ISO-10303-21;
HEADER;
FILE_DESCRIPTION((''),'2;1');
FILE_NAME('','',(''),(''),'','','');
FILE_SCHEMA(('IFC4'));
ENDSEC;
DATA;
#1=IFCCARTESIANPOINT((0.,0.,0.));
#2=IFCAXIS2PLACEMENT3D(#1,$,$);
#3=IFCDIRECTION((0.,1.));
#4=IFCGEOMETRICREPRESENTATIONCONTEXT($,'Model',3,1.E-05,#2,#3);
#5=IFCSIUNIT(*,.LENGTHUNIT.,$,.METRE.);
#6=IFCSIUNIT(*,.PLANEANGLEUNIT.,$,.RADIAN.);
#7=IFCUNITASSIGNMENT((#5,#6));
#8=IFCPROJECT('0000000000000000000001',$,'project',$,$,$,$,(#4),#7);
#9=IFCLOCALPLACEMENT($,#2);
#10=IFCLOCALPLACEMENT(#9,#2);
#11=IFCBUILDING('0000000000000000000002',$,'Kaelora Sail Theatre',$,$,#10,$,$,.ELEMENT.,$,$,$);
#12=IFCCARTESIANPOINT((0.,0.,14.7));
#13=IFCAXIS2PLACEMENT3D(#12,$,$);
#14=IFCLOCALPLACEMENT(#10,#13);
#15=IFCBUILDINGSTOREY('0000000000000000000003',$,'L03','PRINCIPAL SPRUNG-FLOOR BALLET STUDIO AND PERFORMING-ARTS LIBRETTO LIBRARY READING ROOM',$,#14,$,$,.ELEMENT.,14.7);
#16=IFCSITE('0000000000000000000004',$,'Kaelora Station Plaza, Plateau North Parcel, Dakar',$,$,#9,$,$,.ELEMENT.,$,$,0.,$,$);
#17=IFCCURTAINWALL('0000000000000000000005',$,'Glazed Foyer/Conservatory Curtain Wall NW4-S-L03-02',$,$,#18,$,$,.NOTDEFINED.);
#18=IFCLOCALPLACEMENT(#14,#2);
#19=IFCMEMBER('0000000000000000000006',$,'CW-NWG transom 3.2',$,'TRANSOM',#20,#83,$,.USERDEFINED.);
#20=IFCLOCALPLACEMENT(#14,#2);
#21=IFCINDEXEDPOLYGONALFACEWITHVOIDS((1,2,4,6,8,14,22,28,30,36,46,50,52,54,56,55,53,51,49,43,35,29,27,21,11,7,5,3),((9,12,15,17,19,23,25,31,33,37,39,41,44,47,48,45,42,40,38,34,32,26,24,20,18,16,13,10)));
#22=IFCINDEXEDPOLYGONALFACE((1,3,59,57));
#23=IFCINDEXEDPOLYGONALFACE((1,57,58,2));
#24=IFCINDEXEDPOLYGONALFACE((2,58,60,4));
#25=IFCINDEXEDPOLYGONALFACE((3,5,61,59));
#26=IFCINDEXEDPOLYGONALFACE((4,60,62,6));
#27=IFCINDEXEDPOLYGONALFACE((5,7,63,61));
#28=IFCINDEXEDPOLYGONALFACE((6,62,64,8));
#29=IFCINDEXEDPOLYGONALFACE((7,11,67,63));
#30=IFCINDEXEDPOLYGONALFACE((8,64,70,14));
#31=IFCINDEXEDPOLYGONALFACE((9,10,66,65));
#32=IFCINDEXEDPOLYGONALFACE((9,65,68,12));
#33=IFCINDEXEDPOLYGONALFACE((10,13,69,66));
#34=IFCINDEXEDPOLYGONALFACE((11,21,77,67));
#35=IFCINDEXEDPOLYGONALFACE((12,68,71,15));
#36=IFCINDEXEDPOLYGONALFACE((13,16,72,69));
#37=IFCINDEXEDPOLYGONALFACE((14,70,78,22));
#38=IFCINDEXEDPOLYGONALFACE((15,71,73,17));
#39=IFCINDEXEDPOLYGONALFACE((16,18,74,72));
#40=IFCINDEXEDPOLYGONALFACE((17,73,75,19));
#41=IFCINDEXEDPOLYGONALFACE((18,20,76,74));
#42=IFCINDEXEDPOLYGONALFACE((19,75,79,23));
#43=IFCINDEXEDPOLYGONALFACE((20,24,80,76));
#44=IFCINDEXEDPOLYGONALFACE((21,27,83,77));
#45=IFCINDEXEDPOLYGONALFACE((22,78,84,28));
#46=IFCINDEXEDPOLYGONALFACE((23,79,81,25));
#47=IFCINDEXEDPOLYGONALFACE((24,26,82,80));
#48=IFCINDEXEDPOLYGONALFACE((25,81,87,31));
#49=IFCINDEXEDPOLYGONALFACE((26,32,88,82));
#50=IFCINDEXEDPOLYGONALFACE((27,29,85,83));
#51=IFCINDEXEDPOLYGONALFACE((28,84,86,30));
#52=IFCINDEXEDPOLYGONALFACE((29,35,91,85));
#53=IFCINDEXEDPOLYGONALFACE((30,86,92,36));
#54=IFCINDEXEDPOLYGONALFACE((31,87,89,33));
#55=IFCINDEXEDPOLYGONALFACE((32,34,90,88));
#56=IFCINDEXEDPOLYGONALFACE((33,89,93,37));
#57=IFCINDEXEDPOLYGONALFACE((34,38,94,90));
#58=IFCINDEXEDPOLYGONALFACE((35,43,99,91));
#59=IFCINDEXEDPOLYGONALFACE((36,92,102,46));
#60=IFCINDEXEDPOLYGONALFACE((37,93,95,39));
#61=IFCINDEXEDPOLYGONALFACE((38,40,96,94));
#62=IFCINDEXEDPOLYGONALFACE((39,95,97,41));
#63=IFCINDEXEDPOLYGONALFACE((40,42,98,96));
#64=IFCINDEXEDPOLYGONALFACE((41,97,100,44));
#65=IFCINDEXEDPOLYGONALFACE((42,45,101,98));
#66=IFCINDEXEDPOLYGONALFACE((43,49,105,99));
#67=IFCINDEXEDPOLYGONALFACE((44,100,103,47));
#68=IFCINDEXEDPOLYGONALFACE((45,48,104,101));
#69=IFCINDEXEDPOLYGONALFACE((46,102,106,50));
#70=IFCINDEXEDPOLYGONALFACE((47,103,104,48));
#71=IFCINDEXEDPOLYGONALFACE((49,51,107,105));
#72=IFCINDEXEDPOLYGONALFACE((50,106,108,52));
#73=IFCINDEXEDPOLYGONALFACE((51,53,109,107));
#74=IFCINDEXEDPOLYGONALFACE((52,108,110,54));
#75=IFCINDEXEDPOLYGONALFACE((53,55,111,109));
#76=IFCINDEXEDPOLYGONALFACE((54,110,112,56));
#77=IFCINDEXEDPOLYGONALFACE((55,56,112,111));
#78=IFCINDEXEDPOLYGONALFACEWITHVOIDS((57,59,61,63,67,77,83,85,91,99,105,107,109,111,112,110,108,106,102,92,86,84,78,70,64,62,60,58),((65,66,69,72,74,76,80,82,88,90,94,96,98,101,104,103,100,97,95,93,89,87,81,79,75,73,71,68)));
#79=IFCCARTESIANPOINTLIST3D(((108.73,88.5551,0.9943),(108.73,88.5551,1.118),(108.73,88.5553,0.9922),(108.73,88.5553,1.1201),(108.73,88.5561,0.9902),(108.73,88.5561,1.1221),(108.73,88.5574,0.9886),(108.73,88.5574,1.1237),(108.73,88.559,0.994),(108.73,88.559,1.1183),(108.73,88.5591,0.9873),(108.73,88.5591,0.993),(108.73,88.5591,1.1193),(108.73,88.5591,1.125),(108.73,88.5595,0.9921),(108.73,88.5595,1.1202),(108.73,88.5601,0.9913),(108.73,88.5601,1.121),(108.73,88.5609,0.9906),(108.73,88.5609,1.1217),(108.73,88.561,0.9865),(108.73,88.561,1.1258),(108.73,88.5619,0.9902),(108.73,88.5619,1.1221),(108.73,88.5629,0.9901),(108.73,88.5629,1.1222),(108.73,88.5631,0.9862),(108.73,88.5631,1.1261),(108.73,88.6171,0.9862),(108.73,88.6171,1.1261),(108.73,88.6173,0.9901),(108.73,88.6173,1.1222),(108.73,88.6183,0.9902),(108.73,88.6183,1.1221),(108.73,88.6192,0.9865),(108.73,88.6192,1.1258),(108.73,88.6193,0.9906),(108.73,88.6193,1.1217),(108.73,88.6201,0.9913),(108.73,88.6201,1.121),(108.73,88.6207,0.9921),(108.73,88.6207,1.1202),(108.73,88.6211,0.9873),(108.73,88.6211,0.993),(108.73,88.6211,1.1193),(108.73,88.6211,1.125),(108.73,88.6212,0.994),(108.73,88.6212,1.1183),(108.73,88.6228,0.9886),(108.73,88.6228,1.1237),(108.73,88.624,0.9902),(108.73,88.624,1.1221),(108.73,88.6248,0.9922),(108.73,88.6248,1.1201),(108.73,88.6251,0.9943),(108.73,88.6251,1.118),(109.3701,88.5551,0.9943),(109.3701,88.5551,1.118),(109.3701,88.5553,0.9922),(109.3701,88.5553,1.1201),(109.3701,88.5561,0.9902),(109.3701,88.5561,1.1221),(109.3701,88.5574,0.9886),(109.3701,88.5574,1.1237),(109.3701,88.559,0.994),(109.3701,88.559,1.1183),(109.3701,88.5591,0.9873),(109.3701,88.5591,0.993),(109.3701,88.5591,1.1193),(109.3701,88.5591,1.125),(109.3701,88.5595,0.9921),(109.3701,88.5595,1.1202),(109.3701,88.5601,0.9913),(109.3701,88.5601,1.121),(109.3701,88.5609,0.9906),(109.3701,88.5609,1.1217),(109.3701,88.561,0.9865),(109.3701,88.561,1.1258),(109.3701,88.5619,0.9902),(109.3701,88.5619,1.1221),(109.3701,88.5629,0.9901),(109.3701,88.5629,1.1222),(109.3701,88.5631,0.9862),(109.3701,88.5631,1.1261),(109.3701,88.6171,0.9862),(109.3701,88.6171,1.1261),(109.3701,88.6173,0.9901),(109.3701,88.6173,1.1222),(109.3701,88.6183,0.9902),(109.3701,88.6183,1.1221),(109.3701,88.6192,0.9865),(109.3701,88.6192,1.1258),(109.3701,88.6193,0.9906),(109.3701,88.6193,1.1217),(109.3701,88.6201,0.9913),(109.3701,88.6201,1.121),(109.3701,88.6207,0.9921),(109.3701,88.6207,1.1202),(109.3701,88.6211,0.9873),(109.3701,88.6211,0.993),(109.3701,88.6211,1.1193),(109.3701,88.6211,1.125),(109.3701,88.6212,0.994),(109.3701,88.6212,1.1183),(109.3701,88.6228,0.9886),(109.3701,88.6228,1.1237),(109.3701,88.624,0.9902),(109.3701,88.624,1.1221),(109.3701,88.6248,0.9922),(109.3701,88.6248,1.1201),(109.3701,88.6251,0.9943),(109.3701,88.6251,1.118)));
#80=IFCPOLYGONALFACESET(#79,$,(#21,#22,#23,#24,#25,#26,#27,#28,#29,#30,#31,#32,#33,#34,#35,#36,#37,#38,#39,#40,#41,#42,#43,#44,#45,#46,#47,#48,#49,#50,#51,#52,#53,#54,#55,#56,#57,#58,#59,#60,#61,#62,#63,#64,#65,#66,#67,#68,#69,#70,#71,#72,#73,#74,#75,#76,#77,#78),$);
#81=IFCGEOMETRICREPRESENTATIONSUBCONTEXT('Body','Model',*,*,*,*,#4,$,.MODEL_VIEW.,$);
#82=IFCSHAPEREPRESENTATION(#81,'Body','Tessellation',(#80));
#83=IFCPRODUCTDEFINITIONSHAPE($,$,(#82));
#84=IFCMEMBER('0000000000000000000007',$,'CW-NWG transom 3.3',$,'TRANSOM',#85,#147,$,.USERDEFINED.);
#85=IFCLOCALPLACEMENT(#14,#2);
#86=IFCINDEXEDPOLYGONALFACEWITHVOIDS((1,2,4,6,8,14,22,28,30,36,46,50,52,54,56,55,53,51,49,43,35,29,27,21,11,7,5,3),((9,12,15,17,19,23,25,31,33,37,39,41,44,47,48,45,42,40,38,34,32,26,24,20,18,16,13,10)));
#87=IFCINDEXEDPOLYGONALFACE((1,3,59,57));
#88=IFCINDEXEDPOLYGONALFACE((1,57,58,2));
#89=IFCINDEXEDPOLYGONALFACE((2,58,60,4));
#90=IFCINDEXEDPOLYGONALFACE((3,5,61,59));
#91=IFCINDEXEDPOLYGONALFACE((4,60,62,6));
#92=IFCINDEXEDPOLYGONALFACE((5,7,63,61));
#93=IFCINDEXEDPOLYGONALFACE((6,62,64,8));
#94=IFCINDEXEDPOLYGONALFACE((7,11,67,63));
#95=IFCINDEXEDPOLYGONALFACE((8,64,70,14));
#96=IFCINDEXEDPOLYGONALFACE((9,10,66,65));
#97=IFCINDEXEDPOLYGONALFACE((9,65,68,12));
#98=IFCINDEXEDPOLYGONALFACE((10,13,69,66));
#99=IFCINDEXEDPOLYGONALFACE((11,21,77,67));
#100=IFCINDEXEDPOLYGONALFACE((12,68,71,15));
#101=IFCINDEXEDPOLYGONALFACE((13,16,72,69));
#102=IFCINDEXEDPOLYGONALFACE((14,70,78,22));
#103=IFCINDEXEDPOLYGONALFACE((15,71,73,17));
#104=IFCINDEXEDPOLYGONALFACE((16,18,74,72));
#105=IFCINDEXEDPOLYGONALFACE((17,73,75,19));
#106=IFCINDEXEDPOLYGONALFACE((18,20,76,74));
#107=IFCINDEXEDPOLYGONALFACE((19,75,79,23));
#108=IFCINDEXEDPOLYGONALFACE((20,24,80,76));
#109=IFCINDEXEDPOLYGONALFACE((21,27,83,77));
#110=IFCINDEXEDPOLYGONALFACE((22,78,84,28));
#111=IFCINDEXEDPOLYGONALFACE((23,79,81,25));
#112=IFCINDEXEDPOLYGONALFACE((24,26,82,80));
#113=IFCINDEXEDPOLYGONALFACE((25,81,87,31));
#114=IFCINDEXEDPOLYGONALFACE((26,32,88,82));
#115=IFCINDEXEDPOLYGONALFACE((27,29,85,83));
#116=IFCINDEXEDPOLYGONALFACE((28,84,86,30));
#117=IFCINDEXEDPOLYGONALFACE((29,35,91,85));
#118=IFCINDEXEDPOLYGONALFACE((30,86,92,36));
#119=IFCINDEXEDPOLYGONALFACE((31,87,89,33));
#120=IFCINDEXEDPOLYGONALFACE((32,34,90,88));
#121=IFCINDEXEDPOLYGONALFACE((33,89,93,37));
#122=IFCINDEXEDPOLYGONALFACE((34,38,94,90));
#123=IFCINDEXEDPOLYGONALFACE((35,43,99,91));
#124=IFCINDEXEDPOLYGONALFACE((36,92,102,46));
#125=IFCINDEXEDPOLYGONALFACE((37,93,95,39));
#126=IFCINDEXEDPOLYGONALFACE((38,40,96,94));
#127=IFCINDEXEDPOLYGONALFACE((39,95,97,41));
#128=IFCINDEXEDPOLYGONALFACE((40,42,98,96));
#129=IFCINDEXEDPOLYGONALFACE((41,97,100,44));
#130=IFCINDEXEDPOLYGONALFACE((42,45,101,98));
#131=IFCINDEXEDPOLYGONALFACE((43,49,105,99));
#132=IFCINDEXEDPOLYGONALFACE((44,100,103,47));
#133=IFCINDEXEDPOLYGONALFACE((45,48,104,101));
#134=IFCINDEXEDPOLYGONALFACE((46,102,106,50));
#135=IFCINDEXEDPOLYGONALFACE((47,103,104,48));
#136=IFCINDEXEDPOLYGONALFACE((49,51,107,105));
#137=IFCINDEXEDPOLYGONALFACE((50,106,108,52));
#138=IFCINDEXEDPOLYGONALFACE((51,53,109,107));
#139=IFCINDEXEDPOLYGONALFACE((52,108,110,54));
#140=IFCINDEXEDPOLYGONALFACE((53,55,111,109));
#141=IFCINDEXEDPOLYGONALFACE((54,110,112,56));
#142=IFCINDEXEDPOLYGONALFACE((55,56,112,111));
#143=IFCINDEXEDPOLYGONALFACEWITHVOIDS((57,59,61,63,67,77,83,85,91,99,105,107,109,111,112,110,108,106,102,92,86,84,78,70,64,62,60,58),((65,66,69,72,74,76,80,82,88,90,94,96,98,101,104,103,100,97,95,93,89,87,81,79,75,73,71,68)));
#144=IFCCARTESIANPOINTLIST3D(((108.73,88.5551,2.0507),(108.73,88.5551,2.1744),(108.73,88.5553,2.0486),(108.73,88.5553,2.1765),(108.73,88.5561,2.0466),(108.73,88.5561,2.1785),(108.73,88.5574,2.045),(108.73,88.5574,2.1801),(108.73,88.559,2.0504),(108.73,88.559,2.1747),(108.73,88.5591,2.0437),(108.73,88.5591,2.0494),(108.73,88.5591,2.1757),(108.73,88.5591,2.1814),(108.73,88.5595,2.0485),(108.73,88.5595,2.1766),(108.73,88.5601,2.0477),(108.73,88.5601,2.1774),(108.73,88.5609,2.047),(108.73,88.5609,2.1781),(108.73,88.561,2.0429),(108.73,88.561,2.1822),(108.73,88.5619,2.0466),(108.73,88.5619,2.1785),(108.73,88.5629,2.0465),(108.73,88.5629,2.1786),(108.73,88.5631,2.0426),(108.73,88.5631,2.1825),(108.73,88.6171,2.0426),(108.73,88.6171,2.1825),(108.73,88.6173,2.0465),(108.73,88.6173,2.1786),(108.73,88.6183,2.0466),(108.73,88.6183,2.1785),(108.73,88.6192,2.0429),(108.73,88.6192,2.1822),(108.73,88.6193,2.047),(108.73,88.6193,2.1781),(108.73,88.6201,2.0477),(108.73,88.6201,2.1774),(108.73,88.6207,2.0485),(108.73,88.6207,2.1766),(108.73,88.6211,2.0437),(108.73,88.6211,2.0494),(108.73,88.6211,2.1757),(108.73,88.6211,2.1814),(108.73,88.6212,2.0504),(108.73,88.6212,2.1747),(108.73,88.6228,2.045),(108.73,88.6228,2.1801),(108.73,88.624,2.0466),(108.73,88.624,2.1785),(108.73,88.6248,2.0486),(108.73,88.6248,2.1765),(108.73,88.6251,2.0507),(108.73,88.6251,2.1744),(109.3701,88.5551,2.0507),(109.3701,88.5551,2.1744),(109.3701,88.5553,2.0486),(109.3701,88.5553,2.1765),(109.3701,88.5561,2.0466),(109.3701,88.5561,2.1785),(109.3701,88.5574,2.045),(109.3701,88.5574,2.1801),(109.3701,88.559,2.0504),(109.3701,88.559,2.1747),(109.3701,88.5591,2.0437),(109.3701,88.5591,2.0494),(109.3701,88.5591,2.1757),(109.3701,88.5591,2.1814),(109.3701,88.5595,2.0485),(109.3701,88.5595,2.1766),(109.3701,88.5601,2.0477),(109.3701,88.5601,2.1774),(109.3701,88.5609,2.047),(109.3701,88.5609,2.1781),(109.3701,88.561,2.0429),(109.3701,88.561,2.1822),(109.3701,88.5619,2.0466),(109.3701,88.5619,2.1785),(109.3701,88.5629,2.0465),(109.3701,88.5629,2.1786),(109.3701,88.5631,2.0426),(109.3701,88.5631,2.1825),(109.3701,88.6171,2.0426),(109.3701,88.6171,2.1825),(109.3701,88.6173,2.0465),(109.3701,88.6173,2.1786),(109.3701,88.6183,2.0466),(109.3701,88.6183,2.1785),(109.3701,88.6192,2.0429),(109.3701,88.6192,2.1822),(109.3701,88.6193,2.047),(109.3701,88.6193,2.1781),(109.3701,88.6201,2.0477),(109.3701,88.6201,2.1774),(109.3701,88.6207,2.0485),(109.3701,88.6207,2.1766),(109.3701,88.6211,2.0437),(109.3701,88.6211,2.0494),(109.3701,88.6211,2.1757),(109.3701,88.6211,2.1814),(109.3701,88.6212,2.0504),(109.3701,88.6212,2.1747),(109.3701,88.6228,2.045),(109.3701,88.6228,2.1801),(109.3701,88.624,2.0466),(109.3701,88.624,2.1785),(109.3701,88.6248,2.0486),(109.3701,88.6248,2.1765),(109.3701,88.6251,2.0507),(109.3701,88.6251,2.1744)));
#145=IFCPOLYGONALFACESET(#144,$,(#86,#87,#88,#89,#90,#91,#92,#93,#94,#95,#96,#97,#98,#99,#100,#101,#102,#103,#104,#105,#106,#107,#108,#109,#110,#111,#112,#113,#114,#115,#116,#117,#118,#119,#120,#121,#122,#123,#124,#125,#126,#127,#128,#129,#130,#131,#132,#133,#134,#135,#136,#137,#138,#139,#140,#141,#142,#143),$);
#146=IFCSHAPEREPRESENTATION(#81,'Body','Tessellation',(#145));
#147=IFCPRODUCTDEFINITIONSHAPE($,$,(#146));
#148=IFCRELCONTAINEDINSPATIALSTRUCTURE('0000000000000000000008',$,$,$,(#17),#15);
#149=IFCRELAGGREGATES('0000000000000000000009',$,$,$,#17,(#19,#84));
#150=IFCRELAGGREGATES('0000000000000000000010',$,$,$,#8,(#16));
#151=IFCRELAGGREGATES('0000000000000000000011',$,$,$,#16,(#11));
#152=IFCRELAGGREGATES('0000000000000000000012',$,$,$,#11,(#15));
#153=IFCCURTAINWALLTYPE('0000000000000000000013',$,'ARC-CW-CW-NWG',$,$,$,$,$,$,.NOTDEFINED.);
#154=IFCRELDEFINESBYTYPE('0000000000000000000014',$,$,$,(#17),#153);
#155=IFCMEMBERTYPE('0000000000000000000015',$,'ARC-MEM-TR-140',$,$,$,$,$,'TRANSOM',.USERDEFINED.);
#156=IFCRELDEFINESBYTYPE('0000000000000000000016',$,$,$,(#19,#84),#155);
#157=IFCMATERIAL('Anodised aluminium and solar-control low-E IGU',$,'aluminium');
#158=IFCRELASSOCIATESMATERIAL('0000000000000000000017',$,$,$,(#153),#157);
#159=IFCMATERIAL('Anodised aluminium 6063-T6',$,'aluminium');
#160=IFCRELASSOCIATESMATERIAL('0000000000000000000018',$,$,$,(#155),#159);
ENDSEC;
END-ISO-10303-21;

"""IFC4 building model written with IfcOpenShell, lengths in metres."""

from ifc_helpers import new_model, si_unit, direction, frame, origin, origin_2d, place, context, subcontext, project, spatial, hollow_rectangle, extrude, material, material_profile, profile_set, type_object, element, aggregate, save


model = new_model("IFC4")

# Units and contexts
model_context = context("Model", 3, precision=1e-05, world=origin(), true_north=direction((0.0, 1.0)))
body_context = subcontext(model_context, "Body", "Model", "MODEL_VIEW")
ifc_project = project(units=[si_unit("LENGTHUNIT", "METRE"), si_unit("PLANEANGLEUNIT", "RADIAN")], contexts=[model_context])

# Site, building, storey
site_placement = place(None, origin())
site = spatial("IfcSite", under=ifc_project, at=site_placement, Name="Kaelora Station Plaza, Plateau North Parcel, Dakar", CompositionType="ELEMENT", RefElevation=0.0)
building_placement = place(site_placement, origin())
building = spatial("IfcBuilding", under=site, at=building_placement, Name="Kaelora Sail Theatre", CompositionType="ELEMENT")
storey_placement = place(building_placement, frame((0.0, 0.0, 14.7)))
storey = spatial("IfcBuildingStorey", under=building, at=storey_placement, Name="L03", Description="PRINCIPAL SPRUNG-FLOOR BALLET STUDIO AND PERFORMING-ARTS LIBRETTO LIBRARY READING ROOM", CompositionType="ELEMENT", Elevation=14.7)

# Curtain wall, members
ifc_material_1 = material(Name="Anodised aluminium and solar-control low-E IGU", Category="aluminium")
curtain_wall_type = type_object("IfcCurtainWallType", Name="ARC-CW-CW-NWG", PredefinedType="NOTDEFINED", material=ifc_material_1)
curtain_wall_placement = place(storey_placement, origin())
curtain_wall = element("IfcCurtainWall", 1, at=curtain_wall_placement, inside=storey, type_object=curtain_wall_type, Name="Glazed Foyer/Conservatory Curtain Wall NW4-S-L03-02", PredefinedType="NOTDEFINED")
ifc_material_2 = material(Name="Anodised aluminium 6063-T6", Category="aluminium")
ifc_material_profile_1 = material_profile(ifc_material_2, hollow_rectangle(XDim=0.0701, YDim=0.1399, WallThickness=0.0039, InnerFilletRadius=0.0039, OuterFilletRadius=0.0081, at=origin_2d()), Name="ALU-TRAN 70x140x4")
ifc_profile_set_1 = profile_set([ifc_material_profile_1], Name="Anodised aluminium 6063-T6")
member_type_1 = type_object("IfcMemberType", Name="ARC-MEM-TR-140", ElementType="TRANSOM", PredefinedType="USERDEFINED", material=ifc_profile_set_1)
member_1_placement = place(storey_placement, frame((108.73, 88.5901, 1.0562), z_axis=(1.0, 0.0, 0.0), x_axis=(0.0, 1.0, 0.0)))
member_1 = element("IfcMember", 2, at=member_1_placement, type_object=member_type_1, Name="CW-NWG transom 3.2", ObjectType="TRANSOM", PredefinedType="USERDEFINED", context=body_context, shape_type="SweptSolid", body=[
    extrude(hollow_rectangle(XDim=0.0701, YDim=0.1399, WallThickness=0.0039, InnerFilletRadius=0.0039, OuterFilletRadius=0.0081, at=origin_2d()), origin(), (0.0, 0.0, 1.0), 0.6401),
])
member_2_placement = place(storey_placement, frame((108.73, 88.5901, 2.1125), z_axis=(1.0, 0.0, 0.0), x_axis=(0.0, 1.0, 0.0)))
member_2 = element("IfcMember", 3, at=member_2_placement, type_object=member_type_1, Name="CW-NWG transom 3.3", ObjectType="TRANSOM", PredefinedType="USERDEFINED", context=body_context, shape_type="SweptSolid", body=[
    extrude(hollow_rectangle(XDim=0.0701, YDim=0.1399, WallThickness=0.0039, InnerFilletRadius=0.0039, OuterFilletRadius=0.0081, at=origin_2d()), origin(), (0.0, 0.0, 1.0), 0.6401),
])
aggregate(curtain_wall, [member_1, member_2])

save(model, "model.ifc")
